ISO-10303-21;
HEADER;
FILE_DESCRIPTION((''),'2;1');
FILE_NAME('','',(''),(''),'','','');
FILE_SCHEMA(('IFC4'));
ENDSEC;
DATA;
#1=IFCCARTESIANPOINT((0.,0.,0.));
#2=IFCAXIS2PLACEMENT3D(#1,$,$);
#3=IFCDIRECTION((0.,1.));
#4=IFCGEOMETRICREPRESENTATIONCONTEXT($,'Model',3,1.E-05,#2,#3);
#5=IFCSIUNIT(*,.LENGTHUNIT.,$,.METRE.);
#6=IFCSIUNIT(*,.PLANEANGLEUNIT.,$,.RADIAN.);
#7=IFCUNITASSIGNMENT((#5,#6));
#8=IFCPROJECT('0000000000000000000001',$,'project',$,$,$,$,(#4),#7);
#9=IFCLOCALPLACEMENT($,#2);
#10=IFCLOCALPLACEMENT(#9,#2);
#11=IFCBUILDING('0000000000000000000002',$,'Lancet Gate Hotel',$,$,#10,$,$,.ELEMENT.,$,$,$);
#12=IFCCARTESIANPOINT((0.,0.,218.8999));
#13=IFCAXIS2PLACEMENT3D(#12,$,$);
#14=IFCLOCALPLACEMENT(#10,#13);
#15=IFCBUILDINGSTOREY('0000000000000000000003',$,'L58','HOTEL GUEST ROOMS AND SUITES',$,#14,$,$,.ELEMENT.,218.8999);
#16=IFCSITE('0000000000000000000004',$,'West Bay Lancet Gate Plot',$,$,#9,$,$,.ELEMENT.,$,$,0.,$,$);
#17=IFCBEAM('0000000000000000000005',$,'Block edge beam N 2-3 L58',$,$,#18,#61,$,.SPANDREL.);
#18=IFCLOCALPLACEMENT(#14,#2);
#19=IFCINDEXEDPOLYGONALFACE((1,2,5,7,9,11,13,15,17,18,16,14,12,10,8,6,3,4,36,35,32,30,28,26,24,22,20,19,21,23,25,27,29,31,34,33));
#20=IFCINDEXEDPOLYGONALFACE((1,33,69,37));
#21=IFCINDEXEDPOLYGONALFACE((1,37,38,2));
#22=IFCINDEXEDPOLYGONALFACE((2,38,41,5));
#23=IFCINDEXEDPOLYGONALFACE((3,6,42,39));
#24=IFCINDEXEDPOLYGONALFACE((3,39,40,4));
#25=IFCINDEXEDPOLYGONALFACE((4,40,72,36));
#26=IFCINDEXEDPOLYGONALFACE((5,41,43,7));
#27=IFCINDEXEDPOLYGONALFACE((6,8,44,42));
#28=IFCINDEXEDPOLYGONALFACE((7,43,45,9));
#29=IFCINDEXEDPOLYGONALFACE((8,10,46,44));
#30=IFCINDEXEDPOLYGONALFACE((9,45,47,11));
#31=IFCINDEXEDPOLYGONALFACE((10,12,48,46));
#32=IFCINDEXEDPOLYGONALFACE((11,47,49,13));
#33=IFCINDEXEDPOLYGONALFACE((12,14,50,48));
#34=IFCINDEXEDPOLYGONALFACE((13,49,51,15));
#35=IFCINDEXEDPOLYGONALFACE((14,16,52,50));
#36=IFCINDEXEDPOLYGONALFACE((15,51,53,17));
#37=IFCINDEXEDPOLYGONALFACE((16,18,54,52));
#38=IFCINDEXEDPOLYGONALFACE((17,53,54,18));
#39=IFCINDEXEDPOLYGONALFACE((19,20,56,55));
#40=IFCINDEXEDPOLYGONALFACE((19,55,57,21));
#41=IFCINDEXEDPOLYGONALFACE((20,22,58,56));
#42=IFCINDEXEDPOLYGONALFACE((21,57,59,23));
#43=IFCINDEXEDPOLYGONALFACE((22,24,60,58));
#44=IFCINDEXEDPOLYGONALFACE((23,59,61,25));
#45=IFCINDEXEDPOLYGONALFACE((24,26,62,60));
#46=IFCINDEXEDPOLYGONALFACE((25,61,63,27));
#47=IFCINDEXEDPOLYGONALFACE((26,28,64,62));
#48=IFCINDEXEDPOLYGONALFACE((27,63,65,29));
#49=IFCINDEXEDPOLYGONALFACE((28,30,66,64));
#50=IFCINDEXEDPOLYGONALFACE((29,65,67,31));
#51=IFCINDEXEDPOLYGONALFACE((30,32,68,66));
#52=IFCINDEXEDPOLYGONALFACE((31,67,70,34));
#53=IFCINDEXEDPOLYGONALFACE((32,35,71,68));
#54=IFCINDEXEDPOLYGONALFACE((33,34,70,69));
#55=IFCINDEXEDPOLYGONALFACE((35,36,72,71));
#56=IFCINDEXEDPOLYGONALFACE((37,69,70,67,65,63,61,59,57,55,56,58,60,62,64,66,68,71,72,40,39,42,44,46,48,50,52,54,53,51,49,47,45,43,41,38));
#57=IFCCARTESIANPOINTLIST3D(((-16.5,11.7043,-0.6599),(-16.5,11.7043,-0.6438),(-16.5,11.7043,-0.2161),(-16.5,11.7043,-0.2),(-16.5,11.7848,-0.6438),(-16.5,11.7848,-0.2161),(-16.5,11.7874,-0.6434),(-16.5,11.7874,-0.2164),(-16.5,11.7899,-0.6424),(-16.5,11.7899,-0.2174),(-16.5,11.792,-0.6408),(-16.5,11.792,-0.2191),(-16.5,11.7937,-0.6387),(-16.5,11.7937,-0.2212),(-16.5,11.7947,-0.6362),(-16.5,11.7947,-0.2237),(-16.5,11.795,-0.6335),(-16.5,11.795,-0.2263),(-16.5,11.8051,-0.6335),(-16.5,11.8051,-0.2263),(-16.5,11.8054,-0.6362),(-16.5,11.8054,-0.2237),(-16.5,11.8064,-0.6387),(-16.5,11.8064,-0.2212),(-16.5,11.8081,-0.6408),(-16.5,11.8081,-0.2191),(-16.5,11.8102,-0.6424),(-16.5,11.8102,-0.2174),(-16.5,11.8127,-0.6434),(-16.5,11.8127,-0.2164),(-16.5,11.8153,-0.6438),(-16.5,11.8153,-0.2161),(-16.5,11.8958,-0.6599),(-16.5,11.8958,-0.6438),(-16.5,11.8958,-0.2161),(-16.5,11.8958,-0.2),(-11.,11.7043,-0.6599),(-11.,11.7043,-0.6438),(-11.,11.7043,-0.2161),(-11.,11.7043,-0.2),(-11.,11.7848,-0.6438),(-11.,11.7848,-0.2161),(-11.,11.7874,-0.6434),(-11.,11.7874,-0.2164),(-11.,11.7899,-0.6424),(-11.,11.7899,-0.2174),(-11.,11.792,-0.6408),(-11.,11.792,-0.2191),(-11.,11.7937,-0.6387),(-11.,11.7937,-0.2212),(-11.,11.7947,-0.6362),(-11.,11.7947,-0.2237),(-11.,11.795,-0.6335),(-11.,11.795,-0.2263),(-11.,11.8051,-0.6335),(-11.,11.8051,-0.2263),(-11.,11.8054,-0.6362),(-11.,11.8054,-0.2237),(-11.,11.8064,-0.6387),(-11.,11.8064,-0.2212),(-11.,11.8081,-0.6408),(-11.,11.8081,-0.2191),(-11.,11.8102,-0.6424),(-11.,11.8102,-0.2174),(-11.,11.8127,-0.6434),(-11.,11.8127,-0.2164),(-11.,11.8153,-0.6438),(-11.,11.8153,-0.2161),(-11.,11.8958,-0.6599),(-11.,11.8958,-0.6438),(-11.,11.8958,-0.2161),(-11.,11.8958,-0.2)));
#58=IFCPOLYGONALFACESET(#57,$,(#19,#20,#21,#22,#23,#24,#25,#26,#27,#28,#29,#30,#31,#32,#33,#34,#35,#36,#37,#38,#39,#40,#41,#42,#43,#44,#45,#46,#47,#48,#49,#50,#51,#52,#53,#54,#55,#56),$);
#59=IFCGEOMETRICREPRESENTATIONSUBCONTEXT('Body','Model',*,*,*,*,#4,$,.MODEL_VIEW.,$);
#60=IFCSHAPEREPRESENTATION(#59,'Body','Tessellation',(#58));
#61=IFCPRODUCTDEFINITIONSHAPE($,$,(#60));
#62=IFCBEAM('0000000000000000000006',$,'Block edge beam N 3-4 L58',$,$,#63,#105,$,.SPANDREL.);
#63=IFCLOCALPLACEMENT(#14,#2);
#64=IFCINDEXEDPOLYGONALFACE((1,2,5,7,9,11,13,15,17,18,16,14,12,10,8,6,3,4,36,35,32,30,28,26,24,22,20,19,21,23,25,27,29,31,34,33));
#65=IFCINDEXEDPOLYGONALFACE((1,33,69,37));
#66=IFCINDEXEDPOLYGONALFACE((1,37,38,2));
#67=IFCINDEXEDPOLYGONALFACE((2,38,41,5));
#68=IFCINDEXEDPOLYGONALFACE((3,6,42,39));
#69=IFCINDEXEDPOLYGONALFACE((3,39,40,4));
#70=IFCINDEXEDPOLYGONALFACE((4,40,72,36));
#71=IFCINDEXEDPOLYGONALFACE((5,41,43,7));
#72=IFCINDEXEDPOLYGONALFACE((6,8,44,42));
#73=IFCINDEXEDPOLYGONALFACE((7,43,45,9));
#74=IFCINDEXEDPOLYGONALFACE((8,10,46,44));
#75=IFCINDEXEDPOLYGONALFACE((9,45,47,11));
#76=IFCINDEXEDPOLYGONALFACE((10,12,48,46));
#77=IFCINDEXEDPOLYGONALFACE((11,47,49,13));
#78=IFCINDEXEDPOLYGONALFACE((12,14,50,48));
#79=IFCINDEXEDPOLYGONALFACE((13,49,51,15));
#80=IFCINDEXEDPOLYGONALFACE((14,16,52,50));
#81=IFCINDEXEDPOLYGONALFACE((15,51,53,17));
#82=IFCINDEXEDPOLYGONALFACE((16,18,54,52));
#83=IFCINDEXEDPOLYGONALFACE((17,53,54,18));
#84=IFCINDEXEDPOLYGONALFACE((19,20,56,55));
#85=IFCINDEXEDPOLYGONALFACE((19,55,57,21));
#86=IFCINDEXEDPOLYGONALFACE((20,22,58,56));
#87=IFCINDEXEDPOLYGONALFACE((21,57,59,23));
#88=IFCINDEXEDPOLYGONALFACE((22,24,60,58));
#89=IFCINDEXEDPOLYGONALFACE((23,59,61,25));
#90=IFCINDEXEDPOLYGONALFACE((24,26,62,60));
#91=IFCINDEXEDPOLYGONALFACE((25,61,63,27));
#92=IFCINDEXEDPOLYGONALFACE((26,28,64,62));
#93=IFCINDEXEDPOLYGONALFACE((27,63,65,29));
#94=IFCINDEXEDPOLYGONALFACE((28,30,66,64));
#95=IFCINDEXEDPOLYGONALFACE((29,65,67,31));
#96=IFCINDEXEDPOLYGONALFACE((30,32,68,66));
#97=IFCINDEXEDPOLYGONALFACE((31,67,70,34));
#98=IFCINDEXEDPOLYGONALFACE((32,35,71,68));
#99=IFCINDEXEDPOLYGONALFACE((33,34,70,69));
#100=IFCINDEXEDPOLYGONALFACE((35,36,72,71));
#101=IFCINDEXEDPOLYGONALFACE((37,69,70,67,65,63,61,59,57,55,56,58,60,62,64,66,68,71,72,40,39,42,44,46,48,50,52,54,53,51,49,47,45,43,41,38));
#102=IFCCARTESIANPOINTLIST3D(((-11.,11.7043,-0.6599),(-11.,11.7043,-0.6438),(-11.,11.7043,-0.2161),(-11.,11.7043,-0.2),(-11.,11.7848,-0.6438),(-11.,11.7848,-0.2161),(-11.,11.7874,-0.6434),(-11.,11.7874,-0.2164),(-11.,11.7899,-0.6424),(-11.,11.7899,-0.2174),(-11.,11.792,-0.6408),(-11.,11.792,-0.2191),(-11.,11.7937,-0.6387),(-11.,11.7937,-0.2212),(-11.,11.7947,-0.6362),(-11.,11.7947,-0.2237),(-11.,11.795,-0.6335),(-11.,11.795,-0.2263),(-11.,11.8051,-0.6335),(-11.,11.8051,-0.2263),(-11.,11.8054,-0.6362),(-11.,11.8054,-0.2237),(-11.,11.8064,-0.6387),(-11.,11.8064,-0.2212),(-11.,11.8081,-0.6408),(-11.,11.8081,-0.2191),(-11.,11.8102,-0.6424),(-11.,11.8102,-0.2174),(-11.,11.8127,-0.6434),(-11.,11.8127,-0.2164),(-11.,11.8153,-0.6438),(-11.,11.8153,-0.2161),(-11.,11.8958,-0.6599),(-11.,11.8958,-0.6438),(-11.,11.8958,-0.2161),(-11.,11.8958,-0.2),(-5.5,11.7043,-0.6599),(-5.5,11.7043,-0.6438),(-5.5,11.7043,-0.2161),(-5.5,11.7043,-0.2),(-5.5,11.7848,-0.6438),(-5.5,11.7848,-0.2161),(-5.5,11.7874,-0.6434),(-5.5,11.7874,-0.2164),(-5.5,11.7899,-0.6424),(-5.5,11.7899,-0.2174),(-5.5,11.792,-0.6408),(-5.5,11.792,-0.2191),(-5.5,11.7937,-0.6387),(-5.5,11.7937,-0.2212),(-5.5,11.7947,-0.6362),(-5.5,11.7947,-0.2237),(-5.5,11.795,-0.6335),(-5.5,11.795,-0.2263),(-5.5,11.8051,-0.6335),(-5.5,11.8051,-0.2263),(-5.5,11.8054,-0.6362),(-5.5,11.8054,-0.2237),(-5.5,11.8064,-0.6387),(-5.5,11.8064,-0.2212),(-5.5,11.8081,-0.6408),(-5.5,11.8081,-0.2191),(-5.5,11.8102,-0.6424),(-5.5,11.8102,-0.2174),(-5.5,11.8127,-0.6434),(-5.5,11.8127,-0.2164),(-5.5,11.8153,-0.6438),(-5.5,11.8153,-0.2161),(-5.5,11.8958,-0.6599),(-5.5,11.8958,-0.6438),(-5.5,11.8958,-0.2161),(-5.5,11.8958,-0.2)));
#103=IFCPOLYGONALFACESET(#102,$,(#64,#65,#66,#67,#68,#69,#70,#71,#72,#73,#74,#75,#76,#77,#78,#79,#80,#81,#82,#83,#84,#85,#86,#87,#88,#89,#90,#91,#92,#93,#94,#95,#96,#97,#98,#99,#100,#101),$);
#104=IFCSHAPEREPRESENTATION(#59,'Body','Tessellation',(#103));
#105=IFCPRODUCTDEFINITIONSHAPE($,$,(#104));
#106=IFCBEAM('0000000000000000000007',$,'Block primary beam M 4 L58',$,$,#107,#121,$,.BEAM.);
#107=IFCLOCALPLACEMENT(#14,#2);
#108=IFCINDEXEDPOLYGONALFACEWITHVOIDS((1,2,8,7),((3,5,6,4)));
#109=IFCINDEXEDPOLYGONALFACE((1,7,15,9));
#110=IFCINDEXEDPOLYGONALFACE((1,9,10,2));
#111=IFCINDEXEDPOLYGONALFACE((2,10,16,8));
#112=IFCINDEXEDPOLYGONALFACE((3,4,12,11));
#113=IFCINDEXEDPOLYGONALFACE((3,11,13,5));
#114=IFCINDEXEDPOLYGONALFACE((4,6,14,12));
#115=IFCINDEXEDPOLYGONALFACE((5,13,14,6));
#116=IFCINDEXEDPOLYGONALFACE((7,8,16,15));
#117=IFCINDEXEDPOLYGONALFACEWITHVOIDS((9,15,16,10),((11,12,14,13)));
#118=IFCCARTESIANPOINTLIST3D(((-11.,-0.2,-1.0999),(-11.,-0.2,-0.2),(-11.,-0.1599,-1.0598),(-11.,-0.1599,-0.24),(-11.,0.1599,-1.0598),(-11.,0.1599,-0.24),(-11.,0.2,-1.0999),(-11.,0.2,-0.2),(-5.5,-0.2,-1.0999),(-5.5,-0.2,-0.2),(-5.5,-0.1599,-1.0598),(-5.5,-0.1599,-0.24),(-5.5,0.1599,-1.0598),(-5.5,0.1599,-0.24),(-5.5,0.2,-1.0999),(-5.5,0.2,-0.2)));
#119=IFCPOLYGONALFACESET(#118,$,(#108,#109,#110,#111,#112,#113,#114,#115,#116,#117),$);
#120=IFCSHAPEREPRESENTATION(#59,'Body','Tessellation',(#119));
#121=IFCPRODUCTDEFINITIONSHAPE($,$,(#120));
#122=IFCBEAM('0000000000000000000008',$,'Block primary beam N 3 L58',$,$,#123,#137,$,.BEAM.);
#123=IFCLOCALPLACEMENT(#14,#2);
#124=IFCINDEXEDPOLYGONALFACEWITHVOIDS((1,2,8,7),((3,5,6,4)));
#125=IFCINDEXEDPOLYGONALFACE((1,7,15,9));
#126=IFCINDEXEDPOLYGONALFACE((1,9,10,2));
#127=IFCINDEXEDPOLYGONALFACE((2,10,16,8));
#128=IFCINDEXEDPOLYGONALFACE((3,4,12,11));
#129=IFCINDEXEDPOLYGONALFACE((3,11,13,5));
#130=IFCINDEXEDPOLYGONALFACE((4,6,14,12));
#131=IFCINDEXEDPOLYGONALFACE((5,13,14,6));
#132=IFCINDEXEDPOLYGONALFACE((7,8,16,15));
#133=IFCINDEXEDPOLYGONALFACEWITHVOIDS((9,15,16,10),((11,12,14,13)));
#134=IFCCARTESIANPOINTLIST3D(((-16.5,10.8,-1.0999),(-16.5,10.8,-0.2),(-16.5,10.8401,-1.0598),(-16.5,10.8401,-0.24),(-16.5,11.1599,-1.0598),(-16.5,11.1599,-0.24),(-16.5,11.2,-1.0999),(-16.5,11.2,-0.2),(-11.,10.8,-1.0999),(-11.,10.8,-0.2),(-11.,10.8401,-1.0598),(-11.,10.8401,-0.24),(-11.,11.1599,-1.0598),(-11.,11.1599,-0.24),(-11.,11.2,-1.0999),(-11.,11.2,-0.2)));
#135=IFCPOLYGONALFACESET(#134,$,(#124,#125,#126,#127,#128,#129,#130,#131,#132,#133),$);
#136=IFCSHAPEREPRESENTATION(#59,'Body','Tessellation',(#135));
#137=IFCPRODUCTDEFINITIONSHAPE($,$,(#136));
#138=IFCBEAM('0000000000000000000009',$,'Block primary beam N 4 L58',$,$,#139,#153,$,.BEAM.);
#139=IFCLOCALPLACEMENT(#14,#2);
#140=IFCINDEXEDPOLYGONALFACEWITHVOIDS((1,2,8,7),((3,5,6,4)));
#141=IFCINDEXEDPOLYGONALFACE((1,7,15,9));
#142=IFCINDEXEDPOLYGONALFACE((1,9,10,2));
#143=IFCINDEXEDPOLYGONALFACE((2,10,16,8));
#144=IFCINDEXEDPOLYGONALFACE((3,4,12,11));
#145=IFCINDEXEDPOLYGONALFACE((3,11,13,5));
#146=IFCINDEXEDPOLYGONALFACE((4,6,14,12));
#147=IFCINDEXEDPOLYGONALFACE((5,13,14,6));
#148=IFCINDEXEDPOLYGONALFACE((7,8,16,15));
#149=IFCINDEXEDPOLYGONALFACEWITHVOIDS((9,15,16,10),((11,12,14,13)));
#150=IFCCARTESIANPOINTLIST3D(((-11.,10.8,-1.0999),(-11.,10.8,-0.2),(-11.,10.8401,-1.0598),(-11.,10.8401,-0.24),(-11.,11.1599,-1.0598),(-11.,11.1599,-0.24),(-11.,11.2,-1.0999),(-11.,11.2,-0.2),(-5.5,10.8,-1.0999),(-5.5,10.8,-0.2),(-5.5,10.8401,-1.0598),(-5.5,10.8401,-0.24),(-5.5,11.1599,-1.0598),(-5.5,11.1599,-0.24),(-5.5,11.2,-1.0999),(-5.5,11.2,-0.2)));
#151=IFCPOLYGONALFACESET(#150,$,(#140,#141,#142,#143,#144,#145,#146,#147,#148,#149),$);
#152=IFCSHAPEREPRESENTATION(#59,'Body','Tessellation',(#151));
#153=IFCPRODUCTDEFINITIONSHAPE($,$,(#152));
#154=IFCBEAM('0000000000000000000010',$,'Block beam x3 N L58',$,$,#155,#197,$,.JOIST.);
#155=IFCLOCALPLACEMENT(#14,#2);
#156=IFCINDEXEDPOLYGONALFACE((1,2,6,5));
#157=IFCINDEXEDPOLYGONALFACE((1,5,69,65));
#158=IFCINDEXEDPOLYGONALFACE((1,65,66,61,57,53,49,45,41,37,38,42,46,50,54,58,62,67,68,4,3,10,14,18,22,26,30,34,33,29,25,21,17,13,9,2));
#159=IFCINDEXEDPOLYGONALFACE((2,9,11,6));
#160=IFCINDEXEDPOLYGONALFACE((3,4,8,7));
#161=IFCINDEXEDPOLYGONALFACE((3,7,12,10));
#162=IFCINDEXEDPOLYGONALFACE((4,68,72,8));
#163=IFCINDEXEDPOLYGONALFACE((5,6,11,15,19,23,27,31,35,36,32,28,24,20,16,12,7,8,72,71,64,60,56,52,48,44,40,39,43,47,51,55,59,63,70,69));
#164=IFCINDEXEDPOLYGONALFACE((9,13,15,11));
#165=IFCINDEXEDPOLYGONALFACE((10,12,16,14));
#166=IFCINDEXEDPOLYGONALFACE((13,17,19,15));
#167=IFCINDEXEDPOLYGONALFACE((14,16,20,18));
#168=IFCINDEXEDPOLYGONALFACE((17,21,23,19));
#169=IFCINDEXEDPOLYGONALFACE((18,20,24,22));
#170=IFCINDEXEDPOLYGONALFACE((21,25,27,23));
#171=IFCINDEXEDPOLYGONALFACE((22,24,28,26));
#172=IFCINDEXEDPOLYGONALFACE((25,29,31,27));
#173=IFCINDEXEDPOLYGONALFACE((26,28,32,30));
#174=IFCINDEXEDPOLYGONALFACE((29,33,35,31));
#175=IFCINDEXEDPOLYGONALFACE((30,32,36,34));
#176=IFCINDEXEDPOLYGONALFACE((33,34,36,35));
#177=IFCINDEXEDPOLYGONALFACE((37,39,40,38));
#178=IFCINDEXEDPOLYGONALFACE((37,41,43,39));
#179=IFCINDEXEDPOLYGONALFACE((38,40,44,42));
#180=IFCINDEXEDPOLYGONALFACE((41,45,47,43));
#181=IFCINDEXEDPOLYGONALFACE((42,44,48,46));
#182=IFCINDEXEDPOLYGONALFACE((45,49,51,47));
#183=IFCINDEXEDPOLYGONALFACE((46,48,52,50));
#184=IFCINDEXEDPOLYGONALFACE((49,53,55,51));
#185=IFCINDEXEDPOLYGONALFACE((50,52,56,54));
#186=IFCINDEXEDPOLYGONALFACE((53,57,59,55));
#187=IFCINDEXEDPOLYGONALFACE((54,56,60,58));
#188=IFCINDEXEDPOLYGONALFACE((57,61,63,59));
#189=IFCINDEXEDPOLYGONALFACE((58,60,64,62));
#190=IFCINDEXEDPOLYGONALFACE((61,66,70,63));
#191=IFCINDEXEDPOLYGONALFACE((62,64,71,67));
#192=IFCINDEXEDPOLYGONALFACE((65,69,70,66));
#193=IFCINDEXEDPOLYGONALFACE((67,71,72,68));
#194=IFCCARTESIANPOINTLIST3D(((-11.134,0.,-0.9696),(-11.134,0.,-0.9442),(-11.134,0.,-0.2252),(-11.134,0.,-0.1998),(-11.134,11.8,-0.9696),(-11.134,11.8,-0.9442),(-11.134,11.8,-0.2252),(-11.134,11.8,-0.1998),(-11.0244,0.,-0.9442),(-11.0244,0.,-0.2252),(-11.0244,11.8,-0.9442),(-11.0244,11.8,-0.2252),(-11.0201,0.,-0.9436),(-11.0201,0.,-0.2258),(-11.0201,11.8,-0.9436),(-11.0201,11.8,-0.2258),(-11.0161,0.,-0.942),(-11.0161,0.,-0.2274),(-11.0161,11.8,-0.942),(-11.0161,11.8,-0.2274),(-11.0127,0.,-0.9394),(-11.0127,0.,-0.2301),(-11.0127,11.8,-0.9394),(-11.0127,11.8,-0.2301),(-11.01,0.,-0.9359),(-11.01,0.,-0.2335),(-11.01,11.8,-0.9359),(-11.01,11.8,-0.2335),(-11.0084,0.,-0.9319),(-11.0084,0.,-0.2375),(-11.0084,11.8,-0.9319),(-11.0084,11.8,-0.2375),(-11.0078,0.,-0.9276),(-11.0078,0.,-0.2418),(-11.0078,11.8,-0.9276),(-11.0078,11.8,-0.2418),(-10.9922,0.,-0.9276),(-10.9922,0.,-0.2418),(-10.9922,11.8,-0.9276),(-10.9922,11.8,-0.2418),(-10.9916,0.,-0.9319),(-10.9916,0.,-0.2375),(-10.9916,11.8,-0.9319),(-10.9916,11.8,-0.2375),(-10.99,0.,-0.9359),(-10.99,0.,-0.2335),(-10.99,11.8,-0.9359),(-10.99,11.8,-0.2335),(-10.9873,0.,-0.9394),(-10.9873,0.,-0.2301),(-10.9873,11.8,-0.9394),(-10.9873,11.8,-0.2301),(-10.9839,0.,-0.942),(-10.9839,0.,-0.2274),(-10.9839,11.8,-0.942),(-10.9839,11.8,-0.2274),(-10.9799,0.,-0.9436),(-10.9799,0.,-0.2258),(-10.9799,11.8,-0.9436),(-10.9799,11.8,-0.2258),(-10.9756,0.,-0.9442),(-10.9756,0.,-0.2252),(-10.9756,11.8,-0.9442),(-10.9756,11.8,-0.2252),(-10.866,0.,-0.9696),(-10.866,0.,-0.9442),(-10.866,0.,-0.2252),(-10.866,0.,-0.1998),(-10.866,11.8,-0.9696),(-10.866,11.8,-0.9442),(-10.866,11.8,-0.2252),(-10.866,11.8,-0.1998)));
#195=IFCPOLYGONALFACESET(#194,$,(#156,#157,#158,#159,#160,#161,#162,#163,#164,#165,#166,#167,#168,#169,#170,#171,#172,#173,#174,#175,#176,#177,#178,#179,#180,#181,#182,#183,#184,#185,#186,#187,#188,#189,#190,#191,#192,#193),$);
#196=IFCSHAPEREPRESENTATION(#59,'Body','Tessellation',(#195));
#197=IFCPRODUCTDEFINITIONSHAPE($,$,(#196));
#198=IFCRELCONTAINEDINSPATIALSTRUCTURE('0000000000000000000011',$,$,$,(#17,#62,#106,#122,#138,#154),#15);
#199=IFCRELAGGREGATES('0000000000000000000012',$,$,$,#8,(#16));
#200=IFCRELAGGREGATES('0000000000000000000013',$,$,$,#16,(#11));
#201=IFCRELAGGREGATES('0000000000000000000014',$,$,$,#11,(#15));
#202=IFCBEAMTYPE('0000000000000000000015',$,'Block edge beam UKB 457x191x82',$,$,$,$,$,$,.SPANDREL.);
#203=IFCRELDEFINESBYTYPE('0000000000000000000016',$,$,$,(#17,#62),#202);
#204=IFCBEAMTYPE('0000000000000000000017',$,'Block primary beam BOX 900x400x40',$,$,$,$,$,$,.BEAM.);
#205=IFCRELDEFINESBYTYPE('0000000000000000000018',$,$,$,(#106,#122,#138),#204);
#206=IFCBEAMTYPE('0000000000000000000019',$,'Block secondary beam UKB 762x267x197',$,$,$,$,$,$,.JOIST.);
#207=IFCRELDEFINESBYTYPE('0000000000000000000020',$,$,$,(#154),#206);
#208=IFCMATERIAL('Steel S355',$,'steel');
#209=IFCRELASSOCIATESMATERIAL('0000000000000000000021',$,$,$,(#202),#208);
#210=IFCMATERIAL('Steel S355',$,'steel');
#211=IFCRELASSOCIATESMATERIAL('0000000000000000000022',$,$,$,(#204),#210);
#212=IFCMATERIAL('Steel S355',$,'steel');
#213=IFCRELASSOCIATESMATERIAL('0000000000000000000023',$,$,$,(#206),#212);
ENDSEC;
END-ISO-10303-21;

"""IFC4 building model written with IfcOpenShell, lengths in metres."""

from ifc_helpers import new_model, si_unit, direction, frame, origin, origin_2d, place, context, subcontext, project, spatial, hollow_rectangle, i_section, extrude, material, material_profile, profile_set, type_object, element, save


model = new_model("IFC4")

# Units and contexts
model_context = context("Model", 3, precision=1e-05, world=origin(), true_north=direction((0.0, 1.0)))
body_context = subcontext(model_context, "Body", "Model", "MODEL_VIEW")
ifc_project = project(units=[si_unit("LENGTHUNIT", "METRE"), si_unit("PLANEANGLEUNIT", "RADIAN")], contexts=[model_context])

# Site, building, storey
site_placement = place(None, origin())
site = spatial("IfcSite", under=ifc_project, at=site_placement, Name="West Bay Lancet Gate Plot", CompositionType="ELEMENT", RefElevation=0.0)
building_placement = place(site_placement, origin())
building = spatial("IfcBuilding", under=site, at=building_placement, Name="Lancet Gate Hotel", CompositionType="ELEMENT")
storey_placement = place(building_placement, frame((0.0, 0.0, 218.8999)))
storey = spatial("IfcBuildingStorey", under=building, at=storey_placement, Name="L58", Description="HOTEL GUEST ROOMS AND SUITES", CompositionType="ELEMENT", Elevation=218.8999)

# Beams
ifc_material_1 = material(Name="Steel S355", Category="steel")
ifc_material_profile_1 = material_profile(ifc_material_1, i_section(OverallWidth=0.1914, OverallDepth=0.46, WebThickness=0.01, FlangeThickness=0.0161, FilletRadius=0.0103, at=origin_2d()), Name="UKB 457x191x82")
ifc_profile_set_1 = profile_set([ifc_material_profile_1], Name="Steel S355")
beam_type_1 = type_object("IfcBeamType", Name="Block edge beam UKB 457x191x82", PredefinedType="SPANDREL", material=ifc_profile_set_1)
for number, where, z_axis, x_axis, name in (
    (1, (-16.5, 11.8, -0.4299), (1.0, 0.0, 0.0), (0.0, 1.0, 0.0), "Block edge beam N 2-3 L58"),
    (2, (-11.0, 11.8, -0.4299), (1.0, 0.0, 0.0), (0.0, 1.0, 0.0), "Block edge beam N 3-4 L58"),
):
    element("IfcBeam", number, at=place(storey_placement, frame(where, z_axis=z_axis, x_axis=x_axis)), inside=storey, type_object=beam_type_1, Name=name, PredefinedType="SPANDREL", context=body_context, shape_type="SweptSolid", body=[
        extrude(i_section(OverallWidth=0.1914, OverallDepth=0.46, WebThickness=0.01, FlangeThickness=0.0161, FilletRadius=0.0103, at=origin_2d()), origin(), (0.0, 0.0, 1.0), 5.5),
    ])
ifc_material_2 = material(Name="Steel S355", Category="steel")
ifc_material_profile_2 = material_profile(ifc_material_2, hollow_rectangle(XDim=0.3999, YDim=0.8999, WallThickness=0.04, at=origin_2d()), Name="BOX 900x400x40")
ifc_profile_set_2 = profile_set([ifc_material_profile_2], Name="Steel S355")
beam_type_2 = type_object("IfcBeamType", Name="Block primary beam BOX 900x400x40", PredefinedType="BEAM", material=ifc_profile_set_2)
for number, where, z_axis, x_axis, name in (
    (3, (-11.0, 0.0, -0.6499), (1.0, 0.0, 0.0), (0.0, 1.0, 0.0), "Block primary beam M 4 L58"),
    (4, (-16.5, 11.0, -0.6499), (1.0, 0.0, 0.0), (0.0, 1.0, 0.0), "Block primary beam N 3 L58"),
    (5, (-11.0, 11.0, -0.6499), (1.0, 0.0, 0.0), (0.0, 1.0, 0.0), "Block primary beam N 4 L58"),
):
    element("IfcBeam", number, at=place(storey_placement, frame(where, z_axis=z_axis, x_axis=x_axis)), inside=storey, type_object=beam_type_2, Name=name, PredefinedType="BEAM", context=body_context, shape_type="SweptSolid", body=[
        extrude(hollow_rectangle(XDim=0.3999, YDim=0.8999, WallThickness=0.04, at=origin_2d()), origin(), (0.0, 0.0, 1.0), 5.5),
    ])
ifc_material_3 = material(Name="Steel S355", Category="steel")
ifc_material_profile_3 = material_profile(ifc_material_3, i_section(OverallWidth=0.2681, OverallDepth=0.7698, WebThickness=0.0156, FlangeThickness=0.0254, FilletRadius=0.0166, at=origin_2d()), Name="UKB 762x267x197")
ifc_profile_set_3 = profile_set([ifc_material_profile_3], Name="Steel S355")
beam_type_3 = type_object("IfcBeamType", Name="Block secondary beam UKB 762x267x197", PredefinedType="JOIST", material=ifc_profile_set_3)
beam_placement = place(storey_placement, frame((-11.0, 0.0, -0.5847), z_axis=(0.0, 1.0, 0.0), x_axis=(-1.0, 0.0, 0.0)))
element("IfcBeam", 6, at=beam_placement, inside=storey, type_object=beam_type_3, Name="Block beam x3 N L58", PredefinedType="JOIST", context=body_context, shape_type="SweptSolid", body=[
    extrude(i_section(OverallWidth=0.2681, OverallDepth=0.7698, WebThickness=0.0156, FlangeThickness=0.0254, FilletRadius=0.0166, at=origin_2d()), origin(), (0.0, 0.0, 1.0), 11.8),
])

save(model, "model.ifc")
